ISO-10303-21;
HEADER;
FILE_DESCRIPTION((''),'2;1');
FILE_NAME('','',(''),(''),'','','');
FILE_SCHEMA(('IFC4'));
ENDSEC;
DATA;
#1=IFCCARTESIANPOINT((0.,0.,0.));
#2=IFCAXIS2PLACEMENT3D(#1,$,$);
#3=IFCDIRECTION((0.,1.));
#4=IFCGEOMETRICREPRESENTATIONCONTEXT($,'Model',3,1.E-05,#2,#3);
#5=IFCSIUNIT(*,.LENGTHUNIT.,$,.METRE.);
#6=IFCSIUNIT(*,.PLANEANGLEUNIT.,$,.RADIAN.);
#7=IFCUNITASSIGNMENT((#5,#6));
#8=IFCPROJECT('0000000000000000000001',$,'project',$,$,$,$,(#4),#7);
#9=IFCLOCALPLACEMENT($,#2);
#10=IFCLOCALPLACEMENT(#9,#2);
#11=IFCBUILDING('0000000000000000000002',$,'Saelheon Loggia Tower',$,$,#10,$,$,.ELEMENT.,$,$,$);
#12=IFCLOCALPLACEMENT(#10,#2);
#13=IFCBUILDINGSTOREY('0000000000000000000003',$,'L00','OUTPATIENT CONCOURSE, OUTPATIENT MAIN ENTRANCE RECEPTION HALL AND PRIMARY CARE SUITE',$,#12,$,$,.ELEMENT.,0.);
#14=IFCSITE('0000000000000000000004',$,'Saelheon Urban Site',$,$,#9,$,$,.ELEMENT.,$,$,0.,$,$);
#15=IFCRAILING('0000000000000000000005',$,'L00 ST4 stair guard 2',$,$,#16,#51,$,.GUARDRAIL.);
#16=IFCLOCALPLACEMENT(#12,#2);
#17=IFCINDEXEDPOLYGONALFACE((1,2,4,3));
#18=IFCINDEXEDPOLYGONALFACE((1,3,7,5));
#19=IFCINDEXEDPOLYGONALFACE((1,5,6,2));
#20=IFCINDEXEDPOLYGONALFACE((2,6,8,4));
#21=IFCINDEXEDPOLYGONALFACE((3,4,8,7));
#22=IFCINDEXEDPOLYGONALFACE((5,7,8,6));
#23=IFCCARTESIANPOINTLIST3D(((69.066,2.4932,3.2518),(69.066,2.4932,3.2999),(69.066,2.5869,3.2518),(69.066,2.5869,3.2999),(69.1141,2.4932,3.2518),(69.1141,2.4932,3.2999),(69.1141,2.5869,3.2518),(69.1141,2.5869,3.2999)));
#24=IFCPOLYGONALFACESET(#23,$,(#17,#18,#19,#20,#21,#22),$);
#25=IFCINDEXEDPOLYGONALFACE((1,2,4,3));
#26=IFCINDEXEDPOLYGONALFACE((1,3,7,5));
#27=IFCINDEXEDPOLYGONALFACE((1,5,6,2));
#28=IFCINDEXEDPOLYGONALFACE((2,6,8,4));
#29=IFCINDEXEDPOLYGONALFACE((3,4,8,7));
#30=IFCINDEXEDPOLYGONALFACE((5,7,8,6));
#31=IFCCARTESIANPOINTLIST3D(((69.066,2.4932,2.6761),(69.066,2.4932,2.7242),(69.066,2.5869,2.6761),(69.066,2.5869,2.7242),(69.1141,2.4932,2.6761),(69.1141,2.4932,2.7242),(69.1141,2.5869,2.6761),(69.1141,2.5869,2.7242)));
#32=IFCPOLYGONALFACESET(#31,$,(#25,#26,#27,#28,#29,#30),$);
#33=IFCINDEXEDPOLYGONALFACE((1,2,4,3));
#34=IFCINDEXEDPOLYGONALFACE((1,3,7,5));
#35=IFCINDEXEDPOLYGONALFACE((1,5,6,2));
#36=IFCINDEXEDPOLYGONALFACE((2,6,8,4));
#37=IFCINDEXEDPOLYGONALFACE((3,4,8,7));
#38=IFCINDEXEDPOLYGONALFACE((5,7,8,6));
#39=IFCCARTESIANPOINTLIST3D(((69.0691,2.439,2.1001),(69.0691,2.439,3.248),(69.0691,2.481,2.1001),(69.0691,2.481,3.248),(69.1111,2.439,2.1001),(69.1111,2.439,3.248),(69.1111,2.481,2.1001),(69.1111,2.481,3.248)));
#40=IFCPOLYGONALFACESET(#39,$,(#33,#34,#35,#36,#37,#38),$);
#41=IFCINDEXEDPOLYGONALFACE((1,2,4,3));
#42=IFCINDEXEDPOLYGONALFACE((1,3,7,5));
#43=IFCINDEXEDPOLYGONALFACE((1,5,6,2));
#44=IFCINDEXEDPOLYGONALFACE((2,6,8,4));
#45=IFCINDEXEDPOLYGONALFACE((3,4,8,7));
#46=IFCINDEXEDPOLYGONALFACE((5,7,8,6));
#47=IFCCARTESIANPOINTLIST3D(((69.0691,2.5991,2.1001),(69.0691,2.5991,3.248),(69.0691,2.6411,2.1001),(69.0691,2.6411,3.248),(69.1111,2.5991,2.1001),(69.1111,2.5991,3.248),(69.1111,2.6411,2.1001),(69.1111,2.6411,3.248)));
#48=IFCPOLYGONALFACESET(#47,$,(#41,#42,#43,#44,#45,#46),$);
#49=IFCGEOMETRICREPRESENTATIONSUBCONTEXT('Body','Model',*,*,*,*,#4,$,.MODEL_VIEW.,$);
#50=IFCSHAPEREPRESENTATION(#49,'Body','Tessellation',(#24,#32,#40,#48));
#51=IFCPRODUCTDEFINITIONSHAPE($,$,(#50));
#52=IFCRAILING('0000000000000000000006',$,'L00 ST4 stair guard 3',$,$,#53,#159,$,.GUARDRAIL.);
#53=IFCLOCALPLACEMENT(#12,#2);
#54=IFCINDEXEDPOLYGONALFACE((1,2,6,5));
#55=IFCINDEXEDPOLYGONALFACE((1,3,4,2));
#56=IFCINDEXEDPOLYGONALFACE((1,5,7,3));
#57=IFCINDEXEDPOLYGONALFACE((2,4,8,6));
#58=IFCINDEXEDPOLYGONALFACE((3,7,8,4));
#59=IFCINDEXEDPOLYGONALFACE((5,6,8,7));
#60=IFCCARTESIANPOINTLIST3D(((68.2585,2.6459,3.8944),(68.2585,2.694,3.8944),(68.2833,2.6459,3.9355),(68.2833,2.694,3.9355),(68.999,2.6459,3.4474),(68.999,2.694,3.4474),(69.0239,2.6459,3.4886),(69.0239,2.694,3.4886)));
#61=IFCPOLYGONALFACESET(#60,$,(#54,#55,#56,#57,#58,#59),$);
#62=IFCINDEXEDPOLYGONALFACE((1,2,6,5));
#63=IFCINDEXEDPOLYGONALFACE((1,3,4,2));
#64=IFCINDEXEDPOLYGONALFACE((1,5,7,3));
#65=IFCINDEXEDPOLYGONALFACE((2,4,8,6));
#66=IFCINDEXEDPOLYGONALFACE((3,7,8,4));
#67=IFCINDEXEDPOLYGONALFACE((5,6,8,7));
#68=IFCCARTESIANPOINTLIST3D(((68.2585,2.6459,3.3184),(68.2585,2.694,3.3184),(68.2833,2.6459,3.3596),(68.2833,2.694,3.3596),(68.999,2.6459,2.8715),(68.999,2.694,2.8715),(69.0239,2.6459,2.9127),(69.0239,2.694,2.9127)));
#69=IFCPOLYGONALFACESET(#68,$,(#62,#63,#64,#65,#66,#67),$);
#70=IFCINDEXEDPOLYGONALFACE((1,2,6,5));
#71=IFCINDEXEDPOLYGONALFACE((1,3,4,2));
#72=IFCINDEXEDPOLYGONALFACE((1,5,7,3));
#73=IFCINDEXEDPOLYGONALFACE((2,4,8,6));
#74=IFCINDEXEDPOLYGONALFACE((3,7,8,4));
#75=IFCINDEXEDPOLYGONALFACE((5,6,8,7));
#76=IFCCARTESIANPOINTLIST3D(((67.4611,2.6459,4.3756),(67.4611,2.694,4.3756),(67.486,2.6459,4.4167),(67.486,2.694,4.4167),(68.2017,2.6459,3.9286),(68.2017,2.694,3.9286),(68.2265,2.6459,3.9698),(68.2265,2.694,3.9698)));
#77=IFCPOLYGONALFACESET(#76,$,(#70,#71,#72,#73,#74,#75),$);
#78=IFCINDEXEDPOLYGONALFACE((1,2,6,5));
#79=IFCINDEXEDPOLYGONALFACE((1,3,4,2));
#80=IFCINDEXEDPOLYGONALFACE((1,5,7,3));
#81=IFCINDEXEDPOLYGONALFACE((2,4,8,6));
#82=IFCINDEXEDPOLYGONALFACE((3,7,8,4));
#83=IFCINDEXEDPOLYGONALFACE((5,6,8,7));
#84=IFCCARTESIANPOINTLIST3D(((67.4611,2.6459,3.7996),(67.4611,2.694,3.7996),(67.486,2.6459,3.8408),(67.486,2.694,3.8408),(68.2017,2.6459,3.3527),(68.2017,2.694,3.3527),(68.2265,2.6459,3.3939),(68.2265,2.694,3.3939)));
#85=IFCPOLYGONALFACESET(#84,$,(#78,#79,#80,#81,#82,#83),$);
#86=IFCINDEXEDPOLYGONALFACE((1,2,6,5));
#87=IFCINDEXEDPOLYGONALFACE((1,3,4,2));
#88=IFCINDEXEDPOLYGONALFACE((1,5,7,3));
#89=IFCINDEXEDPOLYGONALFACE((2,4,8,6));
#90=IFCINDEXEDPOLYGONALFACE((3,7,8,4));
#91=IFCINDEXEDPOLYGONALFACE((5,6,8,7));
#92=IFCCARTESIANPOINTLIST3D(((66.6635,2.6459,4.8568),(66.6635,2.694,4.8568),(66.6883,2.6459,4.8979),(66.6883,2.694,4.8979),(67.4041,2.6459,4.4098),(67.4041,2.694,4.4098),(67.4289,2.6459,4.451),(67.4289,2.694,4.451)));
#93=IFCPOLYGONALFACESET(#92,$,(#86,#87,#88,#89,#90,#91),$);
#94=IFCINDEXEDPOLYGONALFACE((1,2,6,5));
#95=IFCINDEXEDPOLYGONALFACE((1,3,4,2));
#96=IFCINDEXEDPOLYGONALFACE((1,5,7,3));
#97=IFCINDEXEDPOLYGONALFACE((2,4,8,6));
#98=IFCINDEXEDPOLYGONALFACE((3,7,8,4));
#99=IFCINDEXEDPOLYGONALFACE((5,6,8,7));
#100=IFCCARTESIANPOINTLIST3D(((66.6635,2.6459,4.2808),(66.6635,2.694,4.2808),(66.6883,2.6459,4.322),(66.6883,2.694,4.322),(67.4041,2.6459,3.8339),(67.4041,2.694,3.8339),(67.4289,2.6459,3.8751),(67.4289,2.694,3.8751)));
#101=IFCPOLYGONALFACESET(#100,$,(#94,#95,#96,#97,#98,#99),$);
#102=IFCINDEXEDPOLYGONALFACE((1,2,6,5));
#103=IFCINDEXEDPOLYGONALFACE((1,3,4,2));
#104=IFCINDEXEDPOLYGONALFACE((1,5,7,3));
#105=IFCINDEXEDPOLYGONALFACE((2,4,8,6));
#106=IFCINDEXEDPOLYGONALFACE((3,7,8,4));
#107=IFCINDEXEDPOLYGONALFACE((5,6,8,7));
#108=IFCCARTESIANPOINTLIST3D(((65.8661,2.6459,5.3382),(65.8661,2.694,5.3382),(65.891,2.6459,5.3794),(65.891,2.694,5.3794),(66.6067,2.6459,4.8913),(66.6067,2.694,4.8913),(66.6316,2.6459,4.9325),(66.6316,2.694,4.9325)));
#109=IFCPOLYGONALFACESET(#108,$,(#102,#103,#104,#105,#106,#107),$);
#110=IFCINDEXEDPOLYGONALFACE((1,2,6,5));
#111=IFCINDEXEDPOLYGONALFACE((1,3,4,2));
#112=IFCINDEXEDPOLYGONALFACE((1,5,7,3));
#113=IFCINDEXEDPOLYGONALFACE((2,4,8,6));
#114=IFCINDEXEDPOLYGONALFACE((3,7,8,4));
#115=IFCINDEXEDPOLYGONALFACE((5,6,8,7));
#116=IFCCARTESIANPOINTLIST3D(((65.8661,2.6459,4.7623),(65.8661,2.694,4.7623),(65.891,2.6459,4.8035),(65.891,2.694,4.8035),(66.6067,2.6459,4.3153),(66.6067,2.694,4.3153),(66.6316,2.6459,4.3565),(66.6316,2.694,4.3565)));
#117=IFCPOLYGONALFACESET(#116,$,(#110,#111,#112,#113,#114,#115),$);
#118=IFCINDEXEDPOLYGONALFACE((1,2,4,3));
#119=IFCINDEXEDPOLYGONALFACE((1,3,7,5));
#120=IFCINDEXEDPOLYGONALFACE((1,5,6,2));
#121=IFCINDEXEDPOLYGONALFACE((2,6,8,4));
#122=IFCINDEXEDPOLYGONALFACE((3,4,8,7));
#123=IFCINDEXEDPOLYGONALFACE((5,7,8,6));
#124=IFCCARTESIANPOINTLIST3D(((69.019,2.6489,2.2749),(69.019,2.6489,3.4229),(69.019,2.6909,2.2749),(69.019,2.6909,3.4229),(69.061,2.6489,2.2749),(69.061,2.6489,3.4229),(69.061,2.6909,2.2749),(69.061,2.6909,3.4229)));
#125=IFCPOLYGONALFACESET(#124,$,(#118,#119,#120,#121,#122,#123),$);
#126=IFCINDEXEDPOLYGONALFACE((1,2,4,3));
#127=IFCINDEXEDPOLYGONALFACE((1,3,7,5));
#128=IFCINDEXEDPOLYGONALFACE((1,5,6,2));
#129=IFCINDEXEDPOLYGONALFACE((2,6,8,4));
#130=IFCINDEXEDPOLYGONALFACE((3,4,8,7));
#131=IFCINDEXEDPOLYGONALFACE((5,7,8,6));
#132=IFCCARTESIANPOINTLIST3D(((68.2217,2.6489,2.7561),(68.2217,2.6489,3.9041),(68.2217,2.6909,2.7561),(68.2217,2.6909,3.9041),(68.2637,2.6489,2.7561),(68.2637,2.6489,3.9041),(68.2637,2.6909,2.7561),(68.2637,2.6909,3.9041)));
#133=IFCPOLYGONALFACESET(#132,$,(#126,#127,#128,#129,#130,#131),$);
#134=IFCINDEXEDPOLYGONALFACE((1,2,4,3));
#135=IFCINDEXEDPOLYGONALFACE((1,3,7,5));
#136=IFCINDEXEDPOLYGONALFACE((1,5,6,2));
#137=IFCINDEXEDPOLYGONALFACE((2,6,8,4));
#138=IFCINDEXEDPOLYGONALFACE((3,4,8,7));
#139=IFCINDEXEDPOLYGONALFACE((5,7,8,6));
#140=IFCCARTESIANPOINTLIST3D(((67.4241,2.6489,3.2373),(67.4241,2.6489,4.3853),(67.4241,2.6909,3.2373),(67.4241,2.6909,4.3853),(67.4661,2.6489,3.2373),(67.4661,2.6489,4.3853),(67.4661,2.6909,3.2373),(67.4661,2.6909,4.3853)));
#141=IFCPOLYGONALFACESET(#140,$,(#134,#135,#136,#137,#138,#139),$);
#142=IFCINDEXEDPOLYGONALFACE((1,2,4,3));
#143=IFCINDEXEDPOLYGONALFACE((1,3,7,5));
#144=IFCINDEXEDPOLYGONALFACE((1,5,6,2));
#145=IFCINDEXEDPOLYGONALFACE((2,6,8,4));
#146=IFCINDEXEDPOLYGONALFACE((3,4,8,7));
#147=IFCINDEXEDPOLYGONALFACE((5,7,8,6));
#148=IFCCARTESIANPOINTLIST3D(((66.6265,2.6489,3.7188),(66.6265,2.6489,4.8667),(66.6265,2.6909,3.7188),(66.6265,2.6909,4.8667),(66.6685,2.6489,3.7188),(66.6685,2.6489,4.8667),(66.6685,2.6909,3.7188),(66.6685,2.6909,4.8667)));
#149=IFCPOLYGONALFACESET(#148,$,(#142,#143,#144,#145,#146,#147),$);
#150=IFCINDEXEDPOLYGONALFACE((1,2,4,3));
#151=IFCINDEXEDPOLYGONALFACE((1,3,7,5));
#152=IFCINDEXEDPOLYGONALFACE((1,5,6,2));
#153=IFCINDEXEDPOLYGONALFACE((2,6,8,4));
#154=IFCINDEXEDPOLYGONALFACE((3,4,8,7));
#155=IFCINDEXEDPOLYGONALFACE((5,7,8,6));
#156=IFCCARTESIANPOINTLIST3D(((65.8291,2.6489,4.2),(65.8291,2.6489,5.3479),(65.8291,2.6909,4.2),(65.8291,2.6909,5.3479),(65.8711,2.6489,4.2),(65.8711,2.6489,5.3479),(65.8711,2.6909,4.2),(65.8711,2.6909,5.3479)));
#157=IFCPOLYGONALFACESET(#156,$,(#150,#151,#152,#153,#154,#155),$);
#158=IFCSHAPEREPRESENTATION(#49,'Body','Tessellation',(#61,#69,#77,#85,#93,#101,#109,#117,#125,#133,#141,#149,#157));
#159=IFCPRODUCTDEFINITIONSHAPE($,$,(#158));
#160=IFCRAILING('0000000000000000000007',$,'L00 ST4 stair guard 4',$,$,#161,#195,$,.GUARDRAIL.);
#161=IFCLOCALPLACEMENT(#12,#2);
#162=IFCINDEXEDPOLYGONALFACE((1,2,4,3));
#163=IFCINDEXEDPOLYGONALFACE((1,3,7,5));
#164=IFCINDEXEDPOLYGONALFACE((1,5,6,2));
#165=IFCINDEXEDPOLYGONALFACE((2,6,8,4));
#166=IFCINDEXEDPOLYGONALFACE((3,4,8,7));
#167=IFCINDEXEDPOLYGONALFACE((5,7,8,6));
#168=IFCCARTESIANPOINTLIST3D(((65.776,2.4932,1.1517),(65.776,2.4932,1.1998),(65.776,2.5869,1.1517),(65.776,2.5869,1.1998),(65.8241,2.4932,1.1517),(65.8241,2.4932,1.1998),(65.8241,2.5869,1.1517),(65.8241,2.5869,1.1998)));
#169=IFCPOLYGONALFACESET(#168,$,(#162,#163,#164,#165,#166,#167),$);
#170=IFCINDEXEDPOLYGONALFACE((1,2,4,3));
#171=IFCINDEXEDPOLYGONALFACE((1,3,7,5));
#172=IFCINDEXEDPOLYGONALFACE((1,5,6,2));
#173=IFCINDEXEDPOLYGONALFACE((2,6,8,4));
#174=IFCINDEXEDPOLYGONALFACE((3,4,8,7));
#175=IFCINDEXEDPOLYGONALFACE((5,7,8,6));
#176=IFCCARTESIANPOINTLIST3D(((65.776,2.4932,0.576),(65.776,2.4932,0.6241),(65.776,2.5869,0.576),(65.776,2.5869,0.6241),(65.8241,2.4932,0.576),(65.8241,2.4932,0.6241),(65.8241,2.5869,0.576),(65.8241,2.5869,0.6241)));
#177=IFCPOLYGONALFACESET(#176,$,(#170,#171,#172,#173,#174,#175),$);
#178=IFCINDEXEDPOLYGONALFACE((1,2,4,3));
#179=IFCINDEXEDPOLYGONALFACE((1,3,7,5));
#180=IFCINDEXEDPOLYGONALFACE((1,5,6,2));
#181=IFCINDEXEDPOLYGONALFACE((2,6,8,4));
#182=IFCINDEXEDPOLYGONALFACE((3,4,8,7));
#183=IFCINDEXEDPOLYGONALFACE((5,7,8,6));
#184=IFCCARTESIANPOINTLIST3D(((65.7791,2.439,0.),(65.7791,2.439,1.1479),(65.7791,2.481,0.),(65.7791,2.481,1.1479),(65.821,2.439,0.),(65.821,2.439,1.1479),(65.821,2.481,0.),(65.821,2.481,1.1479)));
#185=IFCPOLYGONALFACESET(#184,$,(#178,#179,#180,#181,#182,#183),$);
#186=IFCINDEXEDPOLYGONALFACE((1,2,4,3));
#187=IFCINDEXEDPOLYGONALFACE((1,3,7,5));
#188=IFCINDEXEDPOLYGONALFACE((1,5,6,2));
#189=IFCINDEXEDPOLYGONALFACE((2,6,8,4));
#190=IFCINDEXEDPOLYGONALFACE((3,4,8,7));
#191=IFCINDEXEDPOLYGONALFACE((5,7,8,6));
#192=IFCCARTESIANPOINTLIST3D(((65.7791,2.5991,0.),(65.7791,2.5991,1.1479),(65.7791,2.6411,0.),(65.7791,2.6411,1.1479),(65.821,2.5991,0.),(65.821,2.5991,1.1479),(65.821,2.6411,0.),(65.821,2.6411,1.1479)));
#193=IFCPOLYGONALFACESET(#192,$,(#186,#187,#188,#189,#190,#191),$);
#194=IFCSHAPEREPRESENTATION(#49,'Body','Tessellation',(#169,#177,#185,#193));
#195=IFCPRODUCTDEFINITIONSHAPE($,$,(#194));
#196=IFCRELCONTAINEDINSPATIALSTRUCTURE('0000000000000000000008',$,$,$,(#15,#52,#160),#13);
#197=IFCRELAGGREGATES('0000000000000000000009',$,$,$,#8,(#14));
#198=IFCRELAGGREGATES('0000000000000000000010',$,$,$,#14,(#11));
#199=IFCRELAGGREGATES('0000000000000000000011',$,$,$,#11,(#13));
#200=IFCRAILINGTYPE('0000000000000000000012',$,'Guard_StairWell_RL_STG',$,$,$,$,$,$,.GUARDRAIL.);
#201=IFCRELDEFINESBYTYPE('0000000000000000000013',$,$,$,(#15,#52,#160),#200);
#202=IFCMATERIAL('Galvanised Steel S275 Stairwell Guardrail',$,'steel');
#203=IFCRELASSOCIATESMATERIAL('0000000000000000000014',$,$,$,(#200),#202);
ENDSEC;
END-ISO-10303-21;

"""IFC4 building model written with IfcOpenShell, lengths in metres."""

from ifc_helpers import new_model, si_unit, direction, frame, origin, origin_2d, place, context, subcontext, project, spatial, rectangle, extrude, material, type_object, element, save


model = new_model("IFC4")

# Units and contexts
model_context = context("Model", 3, precision=1e-05, world=origin(), true_north=direction((0.0, 1.0)))
body_context = subcontext(model_context, "Body", "Model", "MODEL_VIEW")
ifc_project = project(units=[si_unit("LENGTHUNIT", "METRE"), si_unit("PLANEANGLEUNIT", "RADIAN")], contexts=[model_context])

# Site, building, storey
site_placement = place(None, origin())
site = spatial("IfcSite", under=ifc_project, at=site_placement, Name="Saelheon Urban Site", CompositionType="ELEMENT", RefElevation=0.0)
building_placement = place(site_placement, origin())
building = spatial("IfcBuilding", under=site, at=building_placement, Name="Saelheon Loggia Tower", CompositionType="ELEMENT")
storey_placement = place(building_placement, origin())
storey = spatial("IfcBuildingStorey", under=building, at=storey_placement, Name="L00", Description="OUTPATIENT CONCOURSE, OUTPATIENT MAIN ENTRANCE RECEPTION HALL AND PRIMARY CARE SUITE", CompositionType="ELEMENT", Elevation=0.0)

# Railings
ifc_material_1 = material(Name="Galvanised Steel S275 Stairwell Guardrail", Category="steel")
railing_type_1 = type_object("IfcRailingType", Name="Guard_StairWell_RL_STG", PredefinedType="GUARDRAIL", material=ifc_material_1)
railing_1_placement = place(storey_placement, frame((69.0901, 2.46, 2.1001)))
element("IfcRailing", 1, at=railing_1_placement, inside=storey, type_object=railing_type_1, Name="L00 ST4 stair guard 2", PredefinedType="GUARDRAIL", context=body_context, shape_type="SweptSolid", body=[
    extrude(rectangle(XDim=0.0481, YDim=0.0481, at=origin_2d()), frame((0.0, 0.0332, 1.1758), z_axis=(0.0, 1.0, 0.0), x_axis=(-1.0, 0.0, 0.0)), (0.0, 0.0, 1.0), 0.0938),
    extrude(rectangle(XDim=0.0481, YDim=0.0481, at=origin_2d()), frame((0.0, 0.0332, 0.6001), z_axis=(0.0, 1.0, 0.0), x_axis=(-1.0, 0.0, 0.0)), (0.0, 0.0, 1.0), 0.0938),
    extrude(rectangle(XDim=0.042, YDim=0.042, at=origin_2d()), origin(), (0.0, 0.0, 1.0), 1.1479),
    extrude(rectangle(XDim=0.042, YDim=0.042, at=origin_2d()), frame((0.0, 0.1602, 0.0)), (0.0, 0.0, 1.0), 1.1479),
])
railing_2_placement = place(storey_placement, frame((69.04, 2.6699, 2.2749)))
element("IfcRailing", 2, at=railing_2_placement, inside=storey, type_object=railing_type_1, Name="L00 ST4 stair guard 3", PredefinedType="GUARDRAIL", context=body_context, shape_type="SweptSolid", body=[
    extrude(rectangle(XDim=0.0481, YDim=0.0481, at=origin_2d()), frame((-0.0286, 0.0, 1.1931), z_axis=(-0.856178, 0.0, 0.516682), x_axis=(0.0, -1.0, 0.0)), (0.0, 0.0, 1.0), 0.865),
    extrude(rectangle(XDim=0.0481, YDim=0.0481, at=origin_2d()), frame((-0.0286, 0.0, 0.6172), z_axis=(-0.856178, 0.0, 0.516682), x_axis=(0.0, -1.0, 0.0)), (0.0, 0.0, 1.0), 0.865),
    extrude(rectangle(XDim=0.0481, YDim=0.0481, at=origin_2d()), frame((-0.8259, 0.0, 1.6743), z_axis=(-0.856178, 0.0, 0.516682), x_axis=(0.0, -1.0, 0.0)), (0.0, 0.0, 1.0), 0.865),
    extrude(rectangle(XDim=0.0481, YDim=0.0481, at=origin_2d()), frame((-0.8259, 0.0, 1.0984), z_axis=(-0.856178, 0.0, 0.516682), x_axis=(0.0, -1.0, 0.0)), (0.0, 0.0, 1.0), 0.865),
    extrude(rectangle(XDim=0.0481, YDim=0.0481, at=origin_2d()), frame((-1.6235, 0.0, 2.1555), z_axis=(-0.856178, 0.0, 0.516682), x_axis=(0.0, -1.0, 0.0)), (0.0, 0.0, 1.0), 0.865),
    extrude(rectangle(XDim=0.0481, YDim=0.0481, at=origin_2d()), frame((-1.6235, 0.0, 1.5796), z_axis=(-0.856178, 0.0, 0.516682), x_axis=(0.0, -1.0, 0.0)), (0.0, 0.0, 1.0), 0.865),
    extrude(rectangle(XDim=0.0481, YDim=0.0481, at=origin_2d()), frame((-2.4209, 0.0, 2.637), z_axis=(-0.856178, 0.0, 0.516682), x_axis=(0.0, -1.0, 0.0)), (0.0, 0.0, 1.0), 0.865),
    extrude(rectangle(XDim=0.0481, YDim=0.0481, at=origin_2d()), frame((-2.4209, 0.0, 2.061), z_axis=(-0.856178, 0.0, 0.516682), x_axis=(0.0, -1.0, 0.0)), (0.0, 0.0, 1.0), 0.865),
    extrude(rectangle(XDim=0.042, YDim=0.042, at=origin_2d()), origin(), (0.0, 0.0, 1.0), 1.1479),
    extrude(rectangle(XDim=0.042, YDim=0.042, at=origin_2d()), frame((-0.7974, 0.0, 0.4812)), (0.0, 0.0, 1.0), 1.1479),
    extrude(rectangle(XDim=0.042, YDim=0.042, at=origin_2d()), frame((-1.595, 0.0, 0.9624)), (0.0, 0.0, 1.0), 1.1479),
    extrude(rectangle(XDim=0.042, YDim=0.042, at=origin_2d()), frame((-2.3926, 0.0, 1.4438)), (0.0, 0.0, 1.0), 1.1479),
    extrude(rectangle(XDim=0.042, YDim=0.042, at=origin_2d()), frame((-3.1899, 0.0, 1.925)), (0.0, 0.0, 1.0), 1.1479),
])
railing_3_placement = place(storey_placement, frame((65.8, 2.46, 0.0)))
element("IfcRailing", 3, at=railing_3_placement, inside=storey, type_object=railing_type_1, Name="L00 ST4 stair guard 4", PredefinedType="GUARDRAIL", context=body_context, shape_type="SweptSolid", body=[
    extrude(rectangle(XDim=0.0481, YDim=0.0481, at=origin_2d()), frame((0.0, 0.0332, 1.1758), z_axis=(0.0, 1.0, 0.0), x_axis=(-1.0, 0.0, 0.0)), (0.0, 0.0, 1.0), 0.0938),
    extrude(rectangle(XDim=0.0481, YDim=0.0481, at=origin_2d()), frame((0.0, 0.0332, 0.6001), z_axis=(0.0, 1.0, 0.0), x_axis=(-1.0, 0.0, 0.0)), (0.0, 0.0, 1.0), 0.0938),
    extrude(rectangle(XDim=0.042, YDim=0.042, at=origin_2d()), origin(), (0.0, 0.0, 1.0), 1.1479),
    extrude(rectangle(XDim=0.042, YDim=0.042, at=origin_2d()), frame((0.0, 0.1602, 0.0)), (0.0, 0.0, 1.0), 1.1479),
])

save(model, "model.ifc")
